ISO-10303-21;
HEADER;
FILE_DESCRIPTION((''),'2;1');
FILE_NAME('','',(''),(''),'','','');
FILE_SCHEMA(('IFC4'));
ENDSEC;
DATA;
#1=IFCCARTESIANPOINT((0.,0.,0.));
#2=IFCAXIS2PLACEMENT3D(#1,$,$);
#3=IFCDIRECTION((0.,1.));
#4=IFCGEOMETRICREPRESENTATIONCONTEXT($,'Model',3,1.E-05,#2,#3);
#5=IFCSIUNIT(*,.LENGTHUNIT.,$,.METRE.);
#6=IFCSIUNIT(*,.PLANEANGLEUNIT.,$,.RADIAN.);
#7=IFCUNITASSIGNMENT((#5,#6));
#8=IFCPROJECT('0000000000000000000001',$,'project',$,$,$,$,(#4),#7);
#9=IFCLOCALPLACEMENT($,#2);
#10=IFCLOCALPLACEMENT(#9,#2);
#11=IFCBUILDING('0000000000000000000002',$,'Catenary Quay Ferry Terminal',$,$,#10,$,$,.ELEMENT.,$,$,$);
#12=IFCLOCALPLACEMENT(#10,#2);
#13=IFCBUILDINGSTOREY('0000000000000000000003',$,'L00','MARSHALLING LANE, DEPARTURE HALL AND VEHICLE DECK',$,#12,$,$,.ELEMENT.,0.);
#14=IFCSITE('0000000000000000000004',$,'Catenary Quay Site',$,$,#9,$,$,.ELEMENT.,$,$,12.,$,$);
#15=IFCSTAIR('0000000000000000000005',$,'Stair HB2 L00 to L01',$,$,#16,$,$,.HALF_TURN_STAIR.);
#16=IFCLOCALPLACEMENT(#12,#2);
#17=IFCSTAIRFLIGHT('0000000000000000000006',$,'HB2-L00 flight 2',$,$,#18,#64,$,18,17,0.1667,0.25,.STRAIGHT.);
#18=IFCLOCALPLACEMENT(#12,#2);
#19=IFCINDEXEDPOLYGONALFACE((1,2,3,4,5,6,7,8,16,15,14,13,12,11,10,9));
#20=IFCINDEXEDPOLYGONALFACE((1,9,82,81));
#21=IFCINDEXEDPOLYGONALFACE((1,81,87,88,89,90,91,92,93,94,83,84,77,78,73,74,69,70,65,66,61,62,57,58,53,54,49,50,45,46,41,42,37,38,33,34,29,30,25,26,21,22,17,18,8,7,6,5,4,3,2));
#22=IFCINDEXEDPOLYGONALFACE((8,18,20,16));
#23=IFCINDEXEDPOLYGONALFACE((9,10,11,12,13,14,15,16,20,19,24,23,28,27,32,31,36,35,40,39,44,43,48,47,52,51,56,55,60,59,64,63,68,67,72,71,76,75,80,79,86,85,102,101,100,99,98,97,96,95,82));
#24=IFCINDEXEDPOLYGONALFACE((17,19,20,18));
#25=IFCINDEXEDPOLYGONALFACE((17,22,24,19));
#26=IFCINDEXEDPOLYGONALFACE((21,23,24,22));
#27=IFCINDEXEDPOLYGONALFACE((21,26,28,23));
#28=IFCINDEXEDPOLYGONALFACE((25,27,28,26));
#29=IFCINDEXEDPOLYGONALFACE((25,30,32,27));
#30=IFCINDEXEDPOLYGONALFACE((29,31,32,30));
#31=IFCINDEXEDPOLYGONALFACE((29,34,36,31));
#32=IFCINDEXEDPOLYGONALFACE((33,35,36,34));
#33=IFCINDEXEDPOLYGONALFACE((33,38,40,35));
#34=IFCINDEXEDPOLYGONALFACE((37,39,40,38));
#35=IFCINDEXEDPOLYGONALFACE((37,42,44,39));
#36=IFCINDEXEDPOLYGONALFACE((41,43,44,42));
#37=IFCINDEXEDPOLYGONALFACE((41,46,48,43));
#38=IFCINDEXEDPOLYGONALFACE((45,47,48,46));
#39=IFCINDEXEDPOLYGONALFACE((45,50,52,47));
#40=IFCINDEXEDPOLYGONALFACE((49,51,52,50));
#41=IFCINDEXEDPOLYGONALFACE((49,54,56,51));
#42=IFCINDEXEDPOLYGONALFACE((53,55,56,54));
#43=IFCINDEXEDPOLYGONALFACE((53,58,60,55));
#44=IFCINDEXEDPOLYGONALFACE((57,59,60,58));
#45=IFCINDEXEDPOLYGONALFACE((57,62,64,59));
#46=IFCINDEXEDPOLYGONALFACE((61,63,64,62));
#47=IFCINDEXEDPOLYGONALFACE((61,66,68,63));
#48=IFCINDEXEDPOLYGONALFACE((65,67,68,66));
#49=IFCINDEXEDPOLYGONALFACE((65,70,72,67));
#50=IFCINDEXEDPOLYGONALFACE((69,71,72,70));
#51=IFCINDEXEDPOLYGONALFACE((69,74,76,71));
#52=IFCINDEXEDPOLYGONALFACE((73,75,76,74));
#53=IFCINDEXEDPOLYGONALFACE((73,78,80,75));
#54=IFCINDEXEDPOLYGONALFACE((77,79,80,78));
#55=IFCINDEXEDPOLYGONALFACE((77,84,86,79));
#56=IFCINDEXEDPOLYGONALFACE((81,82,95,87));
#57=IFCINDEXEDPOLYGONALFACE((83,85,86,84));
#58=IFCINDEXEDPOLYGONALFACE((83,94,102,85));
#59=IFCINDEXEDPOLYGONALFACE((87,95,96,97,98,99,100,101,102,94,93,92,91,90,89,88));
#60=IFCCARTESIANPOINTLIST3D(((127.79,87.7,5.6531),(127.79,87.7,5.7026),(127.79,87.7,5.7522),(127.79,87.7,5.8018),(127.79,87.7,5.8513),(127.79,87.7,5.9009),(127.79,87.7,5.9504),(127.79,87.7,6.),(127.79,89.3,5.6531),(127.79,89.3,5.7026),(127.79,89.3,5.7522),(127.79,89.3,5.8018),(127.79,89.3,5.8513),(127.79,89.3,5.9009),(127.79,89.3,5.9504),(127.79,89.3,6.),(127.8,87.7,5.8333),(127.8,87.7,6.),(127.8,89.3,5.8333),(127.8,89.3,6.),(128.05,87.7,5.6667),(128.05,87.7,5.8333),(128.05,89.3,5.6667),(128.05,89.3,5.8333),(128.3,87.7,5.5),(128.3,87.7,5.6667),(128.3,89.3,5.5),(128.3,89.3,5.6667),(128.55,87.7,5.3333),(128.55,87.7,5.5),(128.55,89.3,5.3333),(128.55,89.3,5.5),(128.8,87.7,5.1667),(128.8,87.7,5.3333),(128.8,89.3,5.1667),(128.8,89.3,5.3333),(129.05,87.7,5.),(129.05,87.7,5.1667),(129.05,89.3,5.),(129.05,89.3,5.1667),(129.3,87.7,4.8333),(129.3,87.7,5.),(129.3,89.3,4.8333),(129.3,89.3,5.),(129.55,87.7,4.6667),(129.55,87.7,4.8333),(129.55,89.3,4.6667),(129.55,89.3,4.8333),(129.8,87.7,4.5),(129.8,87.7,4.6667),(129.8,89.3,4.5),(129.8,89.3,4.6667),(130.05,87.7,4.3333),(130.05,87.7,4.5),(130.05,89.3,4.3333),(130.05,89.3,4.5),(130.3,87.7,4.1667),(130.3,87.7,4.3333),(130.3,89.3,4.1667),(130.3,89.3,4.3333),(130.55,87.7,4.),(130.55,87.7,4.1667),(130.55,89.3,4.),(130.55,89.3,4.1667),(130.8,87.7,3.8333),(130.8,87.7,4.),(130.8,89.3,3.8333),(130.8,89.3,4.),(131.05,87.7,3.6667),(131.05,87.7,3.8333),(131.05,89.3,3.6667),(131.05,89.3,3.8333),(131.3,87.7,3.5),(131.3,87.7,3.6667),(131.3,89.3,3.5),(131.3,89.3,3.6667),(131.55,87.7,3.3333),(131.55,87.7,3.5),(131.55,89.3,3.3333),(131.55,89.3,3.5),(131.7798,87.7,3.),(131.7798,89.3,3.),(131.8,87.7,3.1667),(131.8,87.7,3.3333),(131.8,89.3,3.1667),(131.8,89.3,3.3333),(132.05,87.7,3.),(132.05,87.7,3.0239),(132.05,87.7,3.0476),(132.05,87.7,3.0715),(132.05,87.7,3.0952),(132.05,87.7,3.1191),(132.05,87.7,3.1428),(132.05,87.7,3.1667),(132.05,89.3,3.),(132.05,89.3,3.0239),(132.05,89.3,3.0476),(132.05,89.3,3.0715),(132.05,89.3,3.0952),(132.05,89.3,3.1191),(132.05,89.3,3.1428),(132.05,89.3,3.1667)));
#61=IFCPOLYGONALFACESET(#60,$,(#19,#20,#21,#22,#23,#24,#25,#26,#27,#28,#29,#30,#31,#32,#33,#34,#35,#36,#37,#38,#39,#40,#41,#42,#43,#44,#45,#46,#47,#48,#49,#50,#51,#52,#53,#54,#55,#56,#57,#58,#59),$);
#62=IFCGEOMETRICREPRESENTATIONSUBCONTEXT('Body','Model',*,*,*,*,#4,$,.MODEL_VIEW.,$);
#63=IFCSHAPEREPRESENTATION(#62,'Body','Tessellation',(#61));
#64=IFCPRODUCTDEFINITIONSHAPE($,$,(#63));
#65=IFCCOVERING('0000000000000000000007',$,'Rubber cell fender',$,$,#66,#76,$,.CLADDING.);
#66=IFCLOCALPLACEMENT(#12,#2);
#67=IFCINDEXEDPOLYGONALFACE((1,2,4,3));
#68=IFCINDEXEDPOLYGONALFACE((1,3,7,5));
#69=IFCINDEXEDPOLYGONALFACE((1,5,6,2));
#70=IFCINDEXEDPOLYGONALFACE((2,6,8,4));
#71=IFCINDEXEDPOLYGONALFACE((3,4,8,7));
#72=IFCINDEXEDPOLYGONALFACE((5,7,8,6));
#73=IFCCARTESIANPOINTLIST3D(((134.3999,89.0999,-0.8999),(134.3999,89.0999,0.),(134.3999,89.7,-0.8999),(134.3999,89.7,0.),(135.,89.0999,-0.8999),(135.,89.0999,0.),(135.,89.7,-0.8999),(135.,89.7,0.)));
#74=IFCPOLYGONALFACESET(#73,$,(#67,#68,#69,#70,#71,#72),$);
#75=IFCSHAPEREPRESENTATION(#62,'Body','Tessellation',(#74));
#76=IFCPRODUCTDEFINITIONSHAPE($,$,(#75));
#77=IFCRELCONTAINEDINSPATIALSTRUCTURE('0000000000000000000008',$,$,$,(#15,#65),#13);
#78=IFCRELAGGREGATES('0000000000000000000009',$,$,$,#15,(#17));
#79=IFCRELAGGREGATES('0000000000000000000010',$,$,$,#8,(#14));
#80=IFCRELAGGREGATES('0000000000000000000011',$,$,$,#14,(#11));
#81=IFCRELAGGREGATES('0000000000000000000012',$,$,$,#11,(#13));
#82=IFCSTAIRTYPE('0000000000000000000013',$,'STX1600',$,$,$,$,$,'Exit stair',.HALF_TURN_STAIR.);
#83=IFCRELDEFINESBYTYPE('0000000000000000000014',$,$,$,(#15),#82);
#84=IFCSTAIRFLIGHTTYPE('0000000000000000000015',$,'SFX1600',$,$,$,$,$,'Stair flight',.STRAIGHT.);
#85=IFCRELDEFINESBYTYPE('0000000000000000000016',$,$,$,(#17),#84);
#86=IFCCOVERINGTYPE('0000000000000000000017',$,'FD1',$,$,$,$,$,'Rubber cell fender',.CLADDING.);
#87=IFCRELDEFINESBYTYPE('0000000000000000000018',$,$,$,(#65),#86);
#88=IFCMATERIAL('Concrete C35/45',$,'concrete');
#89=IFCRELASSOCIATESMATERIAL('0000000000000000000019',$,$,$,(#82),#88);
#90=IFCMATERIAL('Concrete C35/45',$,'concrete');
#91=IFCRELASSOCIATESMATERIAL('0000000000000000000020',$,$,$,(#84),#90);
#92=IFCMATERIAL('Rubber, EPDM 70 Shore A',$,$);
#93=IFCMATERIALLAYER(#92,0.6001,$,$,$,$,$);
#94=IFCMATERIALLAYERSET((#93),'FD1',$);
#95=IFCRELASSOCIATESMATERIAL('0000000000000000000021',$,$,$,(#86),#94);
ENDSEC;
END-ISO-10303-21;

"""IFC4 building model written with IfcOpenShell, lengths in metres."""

from ifc_helpers import new_model, si_unit, direction, frame, origin, origin_2d, place, context, subcontext, project, spatial, polyline, rectangle, outline, extrude, material, layer, layer_set, type_object, element, aggregate, save


model = new_model("IFC4")

# Units and contexts
model_context = context("Model", 3, precision=1e-05, world=origin(), true_north=direction((0.0, 1.0)))
body_context = subcontext(model_context, "Body", "Model", "MODEL_VIEW")
ifc_project = project(units=[si_unit("LENGTHUNIT", "METRE"), si_unit("PLANEANGLEUNIT", "RADIAN")], contexts=[model_context])

# Site, building, storey
site_placement = place(None, origin())
site = spatial("IfcSite", under=ifc_project, at=site_placement, Name="Catenary Quay Site", CompositionType="ELEMENT", RefElevation=12.0)
building_placement = place(site_placement, origin())
building = spatial("IfcBuilding", under=site, at=building_placement, Name="Catenary Quay Ferry Terminal", CompositionType="ELEMENT")
storey_placement = place(building_placement, origin())
storey = spatial("IfcBuildingStorey", under=building, at=storey_placement, Name="L00", Description="MARSHALLING LANE, DEPARTURE HALL AND VEHICLE DECK", CompositionType="ELEMENT", Elevation=0.0)

# Stair, stair flight
ifc_material_1 = material(Name="Concrete C35/45", Category="concrete")
stair_type = type_object("IfcStairType", Name="STX1600", ElementType="Exit stair", PredefinedType="HALF_TURN_STAIR", material=ifc_material_1)
stair_placement = place(storey_placement, origin())
stair = element("IfcStair", 1, at=stair_placement, inside=storey, type_object=stair_type, Name="Stair HB2 L00 to L01", PredefinedType="HALF_TURN_STAIR")
ifc_material_2 = material(Name="Concrete C35/45", Category="concrete")
stair_flight_type = type_object("IfcStairFlightType", Name="SFX1600", ElementType="Stair flight", PredefinedType="STRAIGHT", material=ifc_material_2)
stair_flight_placement = place(storey_placement, frame((132.05, 88.5, 3.0), z_axis=(0.0, 0.0, 1.0), x_axis=(-1.0, 0.0, 0.0)))
stair_flight = element("IfcStairFlight", 2, at=stair_flight_placement, type_object=stair_flight_type, Name="HB2-L00 flight 2", NumberOfRisers=18, NumberOfTreads=17, PredefinedType="STRAIGHT", RiserHeight=0.1667, TreadLength=0.25, context=body_context, shape_type="SweptSolid", body=[
    extrude(outline(polyline([(0.0, 0.0), (0.0, 0.0239), (0.0, 0.0476), (0.0, 0.0715), (0.0, 0.0952), (0.0, 0.1191), (0.0, 0.1428), (0.0, 0.1667), (0.25, 0.1667), (0.25, 0.3333), (0.5, 0.3333), (0.5, 0.5), (0.75, 0.5), (0.75, 0.6667), (1.0, 0.6667), (1.0, 0.8333), (1.25, 0.8333), (1.25, 1.0), (1.5, 1.0), (1.5, 1.1667), (1.75, 1.1667), (1.75, 1.3333), (2.0, 1.3333), (2.0, 1.5), (2.25, 1.5), (2.25, 1.6667), (2.5, 1.6667), (2.5, 1.8333), (2.75, 1.8333), (2.75, 2.0), (3.0, 2.0), (3.0, 2.1667), (3.25, 2.1667), (3.25, 2.3333), (3.5, 2.3333), (3.5, 2.5), (3.75, 2.5), (3.75, 2.6667), (4.0, 2.6667), (4.0, 2.8333), (4.25, 2.8333), (4.25, 3.0), (4.26, 3.0), (4.26, 2.9504), (4.26, 2.9009), (4.26, 2.8513), (4.26, 2.8018), (4.26, 2.7522), (4.26, 2.7026), (4.26, 2.6531), (0.2703, 0.0), (0.0, 0.0)])), frame((0.0, 0.8, 0.0), z_axis=(0.0, -1.0, 0.0), x_axis=(1.0, 0.0, 0.0)), (0.0, 0.0, 1.0), 1.6001),
])
aggregate(stair, [stair_flight])

# Covering
ifc_material_3 = material(Name="Rubber, EPDM 70 Shore A")
ifc_layer_1 = layer(ifc_material_3, 0.6001)
ifc_layer_set_1 = layer_set([ifc_layer_1], Name="FD1")
covering_type_1 = type_object("IfcCoveringType", Name="FD1", ElementType="Rubber cell fender", PredefinedType="CLADDING", material=ifc_layer_set_1)
covering_1_placement = place(storey_placement, frame((134.7, 89.3999, -0.8999), z_axis=(0.0, 0.0, 1.0), x_axis=(1.0, 0.0, 0.0)))
element("IfcCovering", 3, at=covering_1_placement, inside=storey, type_object=covering_type_1, Name="Rubber cell fender", PredefinedType="CLADDING", context=body_context, shape_type="SweptSolid", body=[
    extrude(rectangle(XDim=0.6001, YDim=0.6001, at=origin_2d()), origin(), (0.0, 0.0, 1.0), 0.8999),
])

save(model, "model.ifc")
